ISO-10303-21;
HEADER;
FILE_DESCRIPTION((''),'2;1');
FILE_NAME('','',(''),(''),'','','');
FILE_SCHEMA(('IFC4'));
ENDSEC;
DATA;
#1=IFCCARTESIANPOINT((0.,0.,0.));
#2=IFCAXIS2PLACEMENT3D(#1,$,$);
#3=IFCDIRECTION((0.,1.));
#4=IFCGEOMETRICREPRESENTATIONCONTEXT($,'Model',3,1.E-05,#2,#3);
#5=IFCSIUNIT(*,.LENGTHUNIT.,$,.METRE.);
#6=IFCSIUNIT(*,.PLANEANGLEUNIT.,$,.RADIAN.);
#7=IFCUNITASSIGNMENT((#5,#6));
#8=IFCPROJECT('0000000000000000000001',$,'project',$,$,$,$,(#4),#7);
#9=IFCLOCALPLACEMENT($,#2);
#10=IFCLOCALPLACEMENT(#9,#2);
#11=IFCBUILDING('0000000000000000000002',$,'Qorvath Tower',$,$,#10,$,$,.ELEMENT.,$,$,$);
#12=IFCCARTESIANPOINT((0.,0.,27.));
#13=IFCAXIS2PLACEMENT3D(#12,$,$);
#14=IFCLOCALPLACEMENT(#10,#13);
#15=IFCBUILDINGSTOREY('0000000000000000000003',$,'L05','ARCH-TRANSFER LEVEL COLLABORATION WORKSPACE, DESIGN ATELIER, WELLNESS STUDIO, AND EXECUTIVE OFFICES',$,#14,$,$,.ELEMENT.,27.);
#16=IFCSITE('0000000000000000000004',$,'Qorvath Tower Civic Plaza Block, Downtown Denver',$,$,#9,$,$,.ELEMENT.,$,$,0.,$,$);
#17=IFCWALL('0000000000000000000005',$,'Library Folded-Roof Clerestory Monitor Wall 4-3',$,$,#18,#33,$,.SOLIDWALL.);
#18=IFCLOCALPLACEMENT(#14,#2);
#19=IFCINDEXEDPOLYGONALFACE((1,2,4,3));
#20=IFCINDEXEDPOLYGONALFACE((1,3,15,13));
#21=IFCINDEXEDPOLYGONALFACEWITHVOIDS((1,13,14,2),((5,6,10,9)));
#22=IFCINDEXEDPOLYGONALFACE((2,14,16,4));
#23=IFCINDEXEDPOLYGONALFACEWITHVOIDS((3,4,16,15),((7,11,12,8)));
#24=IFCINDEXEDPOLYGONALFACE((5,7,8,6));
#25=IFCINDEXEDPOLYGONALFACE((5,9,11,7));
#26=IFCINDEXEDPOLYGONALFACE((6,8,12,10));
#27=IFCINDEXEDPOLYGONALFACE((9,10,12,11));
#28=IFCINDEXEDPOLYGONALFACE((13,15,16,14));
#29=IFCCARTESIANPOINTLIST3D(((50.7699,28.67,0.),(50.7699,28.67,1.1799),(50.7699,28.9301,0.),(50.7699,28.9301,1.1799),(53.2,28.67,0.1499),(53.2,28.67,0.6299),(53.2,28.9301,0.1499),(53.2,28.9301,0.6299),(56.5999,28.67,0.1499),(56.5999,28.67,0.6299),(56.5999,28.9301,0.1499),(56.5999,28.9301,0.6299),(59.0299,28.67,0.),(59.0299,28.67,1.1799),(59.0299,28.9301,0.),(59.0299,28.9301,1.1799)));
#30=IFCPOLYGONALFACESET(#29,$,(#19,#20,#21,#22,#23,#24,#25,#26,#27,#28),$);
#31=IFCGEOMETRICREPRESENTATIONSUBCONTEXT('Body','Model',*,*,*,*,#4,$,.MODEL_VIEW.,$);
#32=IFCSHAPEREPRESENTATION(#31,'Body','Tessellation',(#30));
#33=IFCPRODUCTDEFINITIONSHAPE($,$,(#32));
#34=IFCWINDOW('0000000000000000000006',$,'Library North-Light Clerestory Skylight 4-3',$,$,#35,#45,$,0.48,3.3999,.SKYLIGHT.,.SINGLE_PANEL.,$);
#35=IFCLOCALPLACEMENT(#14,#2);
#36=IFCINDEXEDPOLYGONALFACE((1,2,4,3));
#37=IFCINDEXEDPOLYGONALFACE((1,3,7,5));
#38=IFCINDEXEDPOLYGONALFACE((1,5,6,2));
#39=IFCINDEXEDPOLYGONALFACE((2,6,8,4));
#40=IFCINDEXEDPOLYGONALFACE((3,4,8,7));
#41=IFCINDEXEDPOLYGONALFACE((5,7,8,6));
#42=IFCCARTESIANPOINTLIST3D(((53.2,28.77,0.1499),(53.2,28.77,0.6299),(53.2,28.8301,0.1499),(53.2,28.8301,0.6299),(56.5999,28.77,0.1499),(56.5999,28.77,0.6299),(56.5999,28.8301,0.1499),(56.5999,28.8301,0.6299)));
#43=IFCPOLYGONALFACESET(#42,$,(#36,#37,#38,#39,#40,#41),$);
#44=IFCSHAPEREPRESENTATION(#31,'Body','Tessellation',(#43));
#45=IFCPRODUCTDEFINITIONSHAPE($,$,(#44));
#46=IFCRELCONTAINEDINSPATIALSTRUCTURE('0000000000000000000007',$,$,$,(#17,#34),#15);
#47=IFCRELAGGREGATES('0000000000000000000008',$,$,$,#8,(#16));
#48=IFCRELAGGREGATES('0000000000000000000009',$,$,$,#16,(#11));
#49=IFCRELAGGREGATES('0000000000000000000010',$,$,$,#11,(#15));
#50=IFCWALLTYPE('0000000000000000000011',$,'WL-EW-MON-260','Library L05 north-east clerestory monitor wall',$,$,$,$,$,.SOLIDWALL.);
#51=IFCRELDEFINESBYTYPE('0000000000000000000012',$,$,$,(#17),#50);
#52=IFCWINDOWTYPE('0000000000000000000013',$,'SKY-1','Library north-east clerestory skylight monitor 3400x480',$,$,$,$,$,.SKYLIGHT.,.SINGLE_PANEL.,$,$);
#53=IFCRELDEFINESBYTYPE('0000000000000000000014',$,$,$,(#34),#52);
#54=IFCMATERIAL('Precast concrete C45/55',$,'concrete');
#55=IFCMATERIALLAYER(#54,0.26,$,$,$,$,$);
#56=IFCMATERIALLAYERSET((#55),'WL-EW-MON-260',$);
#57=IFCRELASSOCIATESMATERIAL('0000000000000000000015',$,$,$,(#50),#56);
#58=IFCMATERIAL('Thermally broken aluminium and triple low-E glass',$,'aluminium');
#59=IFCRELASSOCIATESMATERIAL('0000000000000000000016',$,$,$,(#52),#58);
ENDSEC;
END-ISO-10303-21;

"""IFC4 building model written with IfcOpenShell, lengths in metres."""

from ifc_helpers import new_model, si_unit, direction, frame, frame_2d, origin, place, context, subcontext, project, spatial, rectangle, extrude, material, layer, layer_set, type_object, element, fill, save


model = new_model("IFC4")

# Units and contexts
model_context = context("Model", 3, precision=1e-05, world=origin(), true_north=direction((0.0, 1.0)))
body_context = subcontext(model_context, "Body", "Model", "MODEL_VIEW")
ifc_project = project(units=[si_unit("LENGTHUNIT", "METRE"), si_unit("PLANEANGLEUNIT", "RADIAN")], contexts=[model_context])

# Site, building, storey
site_placement = place(None, origin())
site = spatial("IfcSite", under=ifc_project, at=site_placement, Name="Qorvath Tower Civic Plaza Block, Downtown Denver", CompositionType="ELEMENT", RefElevation=0.0)
building_placement = place(site_placement, origin())
building = spatial("IfcBuilding", under=site, at=building_placement, Name="Qorvath Tower", CompositionType="ELEMENT")
storey_placement = place(building_placement, frame((0.0, 0.0, 27.0)))
storey = spatial("IfcBuildingStorey", under=building, at=storey_placement, Name="L05", Description="ARCH-TRANSFER LEVEL COLLABORATION WORKSPACE, DESIGN ATELIER, WELLNESS STUDIO, AND EXECUTIVE OFFICES", CompositionType="ELEMENT", Elevation=27.0)

# Wall, opening, window
ifc_material_1 = material(Name="Precast concrete C45/55", Category="concrete")
ifc_layer_1 = layer(ifc_material_1, 0.26)
ifc_layer_set_1 = layer_set([ifc_layer_1], Name="WL-EW-MON-260")
wall_type = type_object("IfcWallType", Name="WL-EW-MON-260", Description="Library L05 north-east clerestory monitor wall", PredefinedType="SOLIDWALL", material=ifc_layer_set_1)
ifc_material_2 = material(Name="Thermally broken aluminium and triple low-E glass", Category="aluminium")
window_type = type_object("IfcWindowType", Name="SKY-1", Description="Library north-east clerestory skylight monitor 3400x480", PartitioningType="SINGLE_PANEL", PredefinedType="SKYLIGHT", material=ifc_material_2)
wall_1_placement = place(storey_placement, frame((50.77, 28.8, 0.0), z_axis=(0.0, 0.0, 1.0), x_axis=(1.0, 0.0, 0.0)))
wall_1 = element("IfcWall", 1, at=wall_1_placement, inside=storey, type_object=wall_type, Name="Library Folded-Roof Clerestory Monitor Wall 4-3", PredefinedType="SOLIDWALL", context=body_context, shape_type="SweptSolid", body=[
    extrude(rectangle(XDim=8.26, YDim=0.26, at=frame_2d((4.1299, 0.0))), origin(), (0.0, 0.0, 1.0), 1.1799),
])
opening_1_placement = place(wall_1_placement, frame((2.4299, 0.0, 0.1499)))
opening_1 = element("IfcOpeningElement", 2, at=opening_1_placement, cuts=wall_1, PredefinedType="OPENING", context=body_context, shape_type="SweptSolid", body=[
    extrude(rectangle(XDim=3.3999, YDim=0.48, at=frame_2d((1.7, 0.24))), frame((0.0, 0.1401, 0.0), z_axis=(0.0, -1.0, 0.0), x_axis=(1.0, 0.0, 0.0)), (0.0, 0.0, 1.0), 0.28),
])
window_1_placement = place(opening_1_placement, origin())
window_1 = element("IfcWindow", 3, at=window_1_placement, inside=storey, type_object=window_type, Name="Library North-Light Clerestory Skylight 4-3", OverallHeight=0.48, OverallWidth=3.3999, PartitioningType="SINGLE_PANEL", PredefinedType="SKYLIGHT", context=body_context, shape_type="SweptSolid", body=[
    extrude(rectangle(XDim=3.3999, YDim=0.48, at=frame_2d((1.7, 0.24))), frame((0.0, 0.03, 0.0), z_axis=(0.0, -1.0, 0.0), x_axis=(1.0, 0.0, 0.0)), (0.0, 0.0, 1.0), 0.0601),
])
fill(opening_1, window_1)

save(model, "model.ifc")
